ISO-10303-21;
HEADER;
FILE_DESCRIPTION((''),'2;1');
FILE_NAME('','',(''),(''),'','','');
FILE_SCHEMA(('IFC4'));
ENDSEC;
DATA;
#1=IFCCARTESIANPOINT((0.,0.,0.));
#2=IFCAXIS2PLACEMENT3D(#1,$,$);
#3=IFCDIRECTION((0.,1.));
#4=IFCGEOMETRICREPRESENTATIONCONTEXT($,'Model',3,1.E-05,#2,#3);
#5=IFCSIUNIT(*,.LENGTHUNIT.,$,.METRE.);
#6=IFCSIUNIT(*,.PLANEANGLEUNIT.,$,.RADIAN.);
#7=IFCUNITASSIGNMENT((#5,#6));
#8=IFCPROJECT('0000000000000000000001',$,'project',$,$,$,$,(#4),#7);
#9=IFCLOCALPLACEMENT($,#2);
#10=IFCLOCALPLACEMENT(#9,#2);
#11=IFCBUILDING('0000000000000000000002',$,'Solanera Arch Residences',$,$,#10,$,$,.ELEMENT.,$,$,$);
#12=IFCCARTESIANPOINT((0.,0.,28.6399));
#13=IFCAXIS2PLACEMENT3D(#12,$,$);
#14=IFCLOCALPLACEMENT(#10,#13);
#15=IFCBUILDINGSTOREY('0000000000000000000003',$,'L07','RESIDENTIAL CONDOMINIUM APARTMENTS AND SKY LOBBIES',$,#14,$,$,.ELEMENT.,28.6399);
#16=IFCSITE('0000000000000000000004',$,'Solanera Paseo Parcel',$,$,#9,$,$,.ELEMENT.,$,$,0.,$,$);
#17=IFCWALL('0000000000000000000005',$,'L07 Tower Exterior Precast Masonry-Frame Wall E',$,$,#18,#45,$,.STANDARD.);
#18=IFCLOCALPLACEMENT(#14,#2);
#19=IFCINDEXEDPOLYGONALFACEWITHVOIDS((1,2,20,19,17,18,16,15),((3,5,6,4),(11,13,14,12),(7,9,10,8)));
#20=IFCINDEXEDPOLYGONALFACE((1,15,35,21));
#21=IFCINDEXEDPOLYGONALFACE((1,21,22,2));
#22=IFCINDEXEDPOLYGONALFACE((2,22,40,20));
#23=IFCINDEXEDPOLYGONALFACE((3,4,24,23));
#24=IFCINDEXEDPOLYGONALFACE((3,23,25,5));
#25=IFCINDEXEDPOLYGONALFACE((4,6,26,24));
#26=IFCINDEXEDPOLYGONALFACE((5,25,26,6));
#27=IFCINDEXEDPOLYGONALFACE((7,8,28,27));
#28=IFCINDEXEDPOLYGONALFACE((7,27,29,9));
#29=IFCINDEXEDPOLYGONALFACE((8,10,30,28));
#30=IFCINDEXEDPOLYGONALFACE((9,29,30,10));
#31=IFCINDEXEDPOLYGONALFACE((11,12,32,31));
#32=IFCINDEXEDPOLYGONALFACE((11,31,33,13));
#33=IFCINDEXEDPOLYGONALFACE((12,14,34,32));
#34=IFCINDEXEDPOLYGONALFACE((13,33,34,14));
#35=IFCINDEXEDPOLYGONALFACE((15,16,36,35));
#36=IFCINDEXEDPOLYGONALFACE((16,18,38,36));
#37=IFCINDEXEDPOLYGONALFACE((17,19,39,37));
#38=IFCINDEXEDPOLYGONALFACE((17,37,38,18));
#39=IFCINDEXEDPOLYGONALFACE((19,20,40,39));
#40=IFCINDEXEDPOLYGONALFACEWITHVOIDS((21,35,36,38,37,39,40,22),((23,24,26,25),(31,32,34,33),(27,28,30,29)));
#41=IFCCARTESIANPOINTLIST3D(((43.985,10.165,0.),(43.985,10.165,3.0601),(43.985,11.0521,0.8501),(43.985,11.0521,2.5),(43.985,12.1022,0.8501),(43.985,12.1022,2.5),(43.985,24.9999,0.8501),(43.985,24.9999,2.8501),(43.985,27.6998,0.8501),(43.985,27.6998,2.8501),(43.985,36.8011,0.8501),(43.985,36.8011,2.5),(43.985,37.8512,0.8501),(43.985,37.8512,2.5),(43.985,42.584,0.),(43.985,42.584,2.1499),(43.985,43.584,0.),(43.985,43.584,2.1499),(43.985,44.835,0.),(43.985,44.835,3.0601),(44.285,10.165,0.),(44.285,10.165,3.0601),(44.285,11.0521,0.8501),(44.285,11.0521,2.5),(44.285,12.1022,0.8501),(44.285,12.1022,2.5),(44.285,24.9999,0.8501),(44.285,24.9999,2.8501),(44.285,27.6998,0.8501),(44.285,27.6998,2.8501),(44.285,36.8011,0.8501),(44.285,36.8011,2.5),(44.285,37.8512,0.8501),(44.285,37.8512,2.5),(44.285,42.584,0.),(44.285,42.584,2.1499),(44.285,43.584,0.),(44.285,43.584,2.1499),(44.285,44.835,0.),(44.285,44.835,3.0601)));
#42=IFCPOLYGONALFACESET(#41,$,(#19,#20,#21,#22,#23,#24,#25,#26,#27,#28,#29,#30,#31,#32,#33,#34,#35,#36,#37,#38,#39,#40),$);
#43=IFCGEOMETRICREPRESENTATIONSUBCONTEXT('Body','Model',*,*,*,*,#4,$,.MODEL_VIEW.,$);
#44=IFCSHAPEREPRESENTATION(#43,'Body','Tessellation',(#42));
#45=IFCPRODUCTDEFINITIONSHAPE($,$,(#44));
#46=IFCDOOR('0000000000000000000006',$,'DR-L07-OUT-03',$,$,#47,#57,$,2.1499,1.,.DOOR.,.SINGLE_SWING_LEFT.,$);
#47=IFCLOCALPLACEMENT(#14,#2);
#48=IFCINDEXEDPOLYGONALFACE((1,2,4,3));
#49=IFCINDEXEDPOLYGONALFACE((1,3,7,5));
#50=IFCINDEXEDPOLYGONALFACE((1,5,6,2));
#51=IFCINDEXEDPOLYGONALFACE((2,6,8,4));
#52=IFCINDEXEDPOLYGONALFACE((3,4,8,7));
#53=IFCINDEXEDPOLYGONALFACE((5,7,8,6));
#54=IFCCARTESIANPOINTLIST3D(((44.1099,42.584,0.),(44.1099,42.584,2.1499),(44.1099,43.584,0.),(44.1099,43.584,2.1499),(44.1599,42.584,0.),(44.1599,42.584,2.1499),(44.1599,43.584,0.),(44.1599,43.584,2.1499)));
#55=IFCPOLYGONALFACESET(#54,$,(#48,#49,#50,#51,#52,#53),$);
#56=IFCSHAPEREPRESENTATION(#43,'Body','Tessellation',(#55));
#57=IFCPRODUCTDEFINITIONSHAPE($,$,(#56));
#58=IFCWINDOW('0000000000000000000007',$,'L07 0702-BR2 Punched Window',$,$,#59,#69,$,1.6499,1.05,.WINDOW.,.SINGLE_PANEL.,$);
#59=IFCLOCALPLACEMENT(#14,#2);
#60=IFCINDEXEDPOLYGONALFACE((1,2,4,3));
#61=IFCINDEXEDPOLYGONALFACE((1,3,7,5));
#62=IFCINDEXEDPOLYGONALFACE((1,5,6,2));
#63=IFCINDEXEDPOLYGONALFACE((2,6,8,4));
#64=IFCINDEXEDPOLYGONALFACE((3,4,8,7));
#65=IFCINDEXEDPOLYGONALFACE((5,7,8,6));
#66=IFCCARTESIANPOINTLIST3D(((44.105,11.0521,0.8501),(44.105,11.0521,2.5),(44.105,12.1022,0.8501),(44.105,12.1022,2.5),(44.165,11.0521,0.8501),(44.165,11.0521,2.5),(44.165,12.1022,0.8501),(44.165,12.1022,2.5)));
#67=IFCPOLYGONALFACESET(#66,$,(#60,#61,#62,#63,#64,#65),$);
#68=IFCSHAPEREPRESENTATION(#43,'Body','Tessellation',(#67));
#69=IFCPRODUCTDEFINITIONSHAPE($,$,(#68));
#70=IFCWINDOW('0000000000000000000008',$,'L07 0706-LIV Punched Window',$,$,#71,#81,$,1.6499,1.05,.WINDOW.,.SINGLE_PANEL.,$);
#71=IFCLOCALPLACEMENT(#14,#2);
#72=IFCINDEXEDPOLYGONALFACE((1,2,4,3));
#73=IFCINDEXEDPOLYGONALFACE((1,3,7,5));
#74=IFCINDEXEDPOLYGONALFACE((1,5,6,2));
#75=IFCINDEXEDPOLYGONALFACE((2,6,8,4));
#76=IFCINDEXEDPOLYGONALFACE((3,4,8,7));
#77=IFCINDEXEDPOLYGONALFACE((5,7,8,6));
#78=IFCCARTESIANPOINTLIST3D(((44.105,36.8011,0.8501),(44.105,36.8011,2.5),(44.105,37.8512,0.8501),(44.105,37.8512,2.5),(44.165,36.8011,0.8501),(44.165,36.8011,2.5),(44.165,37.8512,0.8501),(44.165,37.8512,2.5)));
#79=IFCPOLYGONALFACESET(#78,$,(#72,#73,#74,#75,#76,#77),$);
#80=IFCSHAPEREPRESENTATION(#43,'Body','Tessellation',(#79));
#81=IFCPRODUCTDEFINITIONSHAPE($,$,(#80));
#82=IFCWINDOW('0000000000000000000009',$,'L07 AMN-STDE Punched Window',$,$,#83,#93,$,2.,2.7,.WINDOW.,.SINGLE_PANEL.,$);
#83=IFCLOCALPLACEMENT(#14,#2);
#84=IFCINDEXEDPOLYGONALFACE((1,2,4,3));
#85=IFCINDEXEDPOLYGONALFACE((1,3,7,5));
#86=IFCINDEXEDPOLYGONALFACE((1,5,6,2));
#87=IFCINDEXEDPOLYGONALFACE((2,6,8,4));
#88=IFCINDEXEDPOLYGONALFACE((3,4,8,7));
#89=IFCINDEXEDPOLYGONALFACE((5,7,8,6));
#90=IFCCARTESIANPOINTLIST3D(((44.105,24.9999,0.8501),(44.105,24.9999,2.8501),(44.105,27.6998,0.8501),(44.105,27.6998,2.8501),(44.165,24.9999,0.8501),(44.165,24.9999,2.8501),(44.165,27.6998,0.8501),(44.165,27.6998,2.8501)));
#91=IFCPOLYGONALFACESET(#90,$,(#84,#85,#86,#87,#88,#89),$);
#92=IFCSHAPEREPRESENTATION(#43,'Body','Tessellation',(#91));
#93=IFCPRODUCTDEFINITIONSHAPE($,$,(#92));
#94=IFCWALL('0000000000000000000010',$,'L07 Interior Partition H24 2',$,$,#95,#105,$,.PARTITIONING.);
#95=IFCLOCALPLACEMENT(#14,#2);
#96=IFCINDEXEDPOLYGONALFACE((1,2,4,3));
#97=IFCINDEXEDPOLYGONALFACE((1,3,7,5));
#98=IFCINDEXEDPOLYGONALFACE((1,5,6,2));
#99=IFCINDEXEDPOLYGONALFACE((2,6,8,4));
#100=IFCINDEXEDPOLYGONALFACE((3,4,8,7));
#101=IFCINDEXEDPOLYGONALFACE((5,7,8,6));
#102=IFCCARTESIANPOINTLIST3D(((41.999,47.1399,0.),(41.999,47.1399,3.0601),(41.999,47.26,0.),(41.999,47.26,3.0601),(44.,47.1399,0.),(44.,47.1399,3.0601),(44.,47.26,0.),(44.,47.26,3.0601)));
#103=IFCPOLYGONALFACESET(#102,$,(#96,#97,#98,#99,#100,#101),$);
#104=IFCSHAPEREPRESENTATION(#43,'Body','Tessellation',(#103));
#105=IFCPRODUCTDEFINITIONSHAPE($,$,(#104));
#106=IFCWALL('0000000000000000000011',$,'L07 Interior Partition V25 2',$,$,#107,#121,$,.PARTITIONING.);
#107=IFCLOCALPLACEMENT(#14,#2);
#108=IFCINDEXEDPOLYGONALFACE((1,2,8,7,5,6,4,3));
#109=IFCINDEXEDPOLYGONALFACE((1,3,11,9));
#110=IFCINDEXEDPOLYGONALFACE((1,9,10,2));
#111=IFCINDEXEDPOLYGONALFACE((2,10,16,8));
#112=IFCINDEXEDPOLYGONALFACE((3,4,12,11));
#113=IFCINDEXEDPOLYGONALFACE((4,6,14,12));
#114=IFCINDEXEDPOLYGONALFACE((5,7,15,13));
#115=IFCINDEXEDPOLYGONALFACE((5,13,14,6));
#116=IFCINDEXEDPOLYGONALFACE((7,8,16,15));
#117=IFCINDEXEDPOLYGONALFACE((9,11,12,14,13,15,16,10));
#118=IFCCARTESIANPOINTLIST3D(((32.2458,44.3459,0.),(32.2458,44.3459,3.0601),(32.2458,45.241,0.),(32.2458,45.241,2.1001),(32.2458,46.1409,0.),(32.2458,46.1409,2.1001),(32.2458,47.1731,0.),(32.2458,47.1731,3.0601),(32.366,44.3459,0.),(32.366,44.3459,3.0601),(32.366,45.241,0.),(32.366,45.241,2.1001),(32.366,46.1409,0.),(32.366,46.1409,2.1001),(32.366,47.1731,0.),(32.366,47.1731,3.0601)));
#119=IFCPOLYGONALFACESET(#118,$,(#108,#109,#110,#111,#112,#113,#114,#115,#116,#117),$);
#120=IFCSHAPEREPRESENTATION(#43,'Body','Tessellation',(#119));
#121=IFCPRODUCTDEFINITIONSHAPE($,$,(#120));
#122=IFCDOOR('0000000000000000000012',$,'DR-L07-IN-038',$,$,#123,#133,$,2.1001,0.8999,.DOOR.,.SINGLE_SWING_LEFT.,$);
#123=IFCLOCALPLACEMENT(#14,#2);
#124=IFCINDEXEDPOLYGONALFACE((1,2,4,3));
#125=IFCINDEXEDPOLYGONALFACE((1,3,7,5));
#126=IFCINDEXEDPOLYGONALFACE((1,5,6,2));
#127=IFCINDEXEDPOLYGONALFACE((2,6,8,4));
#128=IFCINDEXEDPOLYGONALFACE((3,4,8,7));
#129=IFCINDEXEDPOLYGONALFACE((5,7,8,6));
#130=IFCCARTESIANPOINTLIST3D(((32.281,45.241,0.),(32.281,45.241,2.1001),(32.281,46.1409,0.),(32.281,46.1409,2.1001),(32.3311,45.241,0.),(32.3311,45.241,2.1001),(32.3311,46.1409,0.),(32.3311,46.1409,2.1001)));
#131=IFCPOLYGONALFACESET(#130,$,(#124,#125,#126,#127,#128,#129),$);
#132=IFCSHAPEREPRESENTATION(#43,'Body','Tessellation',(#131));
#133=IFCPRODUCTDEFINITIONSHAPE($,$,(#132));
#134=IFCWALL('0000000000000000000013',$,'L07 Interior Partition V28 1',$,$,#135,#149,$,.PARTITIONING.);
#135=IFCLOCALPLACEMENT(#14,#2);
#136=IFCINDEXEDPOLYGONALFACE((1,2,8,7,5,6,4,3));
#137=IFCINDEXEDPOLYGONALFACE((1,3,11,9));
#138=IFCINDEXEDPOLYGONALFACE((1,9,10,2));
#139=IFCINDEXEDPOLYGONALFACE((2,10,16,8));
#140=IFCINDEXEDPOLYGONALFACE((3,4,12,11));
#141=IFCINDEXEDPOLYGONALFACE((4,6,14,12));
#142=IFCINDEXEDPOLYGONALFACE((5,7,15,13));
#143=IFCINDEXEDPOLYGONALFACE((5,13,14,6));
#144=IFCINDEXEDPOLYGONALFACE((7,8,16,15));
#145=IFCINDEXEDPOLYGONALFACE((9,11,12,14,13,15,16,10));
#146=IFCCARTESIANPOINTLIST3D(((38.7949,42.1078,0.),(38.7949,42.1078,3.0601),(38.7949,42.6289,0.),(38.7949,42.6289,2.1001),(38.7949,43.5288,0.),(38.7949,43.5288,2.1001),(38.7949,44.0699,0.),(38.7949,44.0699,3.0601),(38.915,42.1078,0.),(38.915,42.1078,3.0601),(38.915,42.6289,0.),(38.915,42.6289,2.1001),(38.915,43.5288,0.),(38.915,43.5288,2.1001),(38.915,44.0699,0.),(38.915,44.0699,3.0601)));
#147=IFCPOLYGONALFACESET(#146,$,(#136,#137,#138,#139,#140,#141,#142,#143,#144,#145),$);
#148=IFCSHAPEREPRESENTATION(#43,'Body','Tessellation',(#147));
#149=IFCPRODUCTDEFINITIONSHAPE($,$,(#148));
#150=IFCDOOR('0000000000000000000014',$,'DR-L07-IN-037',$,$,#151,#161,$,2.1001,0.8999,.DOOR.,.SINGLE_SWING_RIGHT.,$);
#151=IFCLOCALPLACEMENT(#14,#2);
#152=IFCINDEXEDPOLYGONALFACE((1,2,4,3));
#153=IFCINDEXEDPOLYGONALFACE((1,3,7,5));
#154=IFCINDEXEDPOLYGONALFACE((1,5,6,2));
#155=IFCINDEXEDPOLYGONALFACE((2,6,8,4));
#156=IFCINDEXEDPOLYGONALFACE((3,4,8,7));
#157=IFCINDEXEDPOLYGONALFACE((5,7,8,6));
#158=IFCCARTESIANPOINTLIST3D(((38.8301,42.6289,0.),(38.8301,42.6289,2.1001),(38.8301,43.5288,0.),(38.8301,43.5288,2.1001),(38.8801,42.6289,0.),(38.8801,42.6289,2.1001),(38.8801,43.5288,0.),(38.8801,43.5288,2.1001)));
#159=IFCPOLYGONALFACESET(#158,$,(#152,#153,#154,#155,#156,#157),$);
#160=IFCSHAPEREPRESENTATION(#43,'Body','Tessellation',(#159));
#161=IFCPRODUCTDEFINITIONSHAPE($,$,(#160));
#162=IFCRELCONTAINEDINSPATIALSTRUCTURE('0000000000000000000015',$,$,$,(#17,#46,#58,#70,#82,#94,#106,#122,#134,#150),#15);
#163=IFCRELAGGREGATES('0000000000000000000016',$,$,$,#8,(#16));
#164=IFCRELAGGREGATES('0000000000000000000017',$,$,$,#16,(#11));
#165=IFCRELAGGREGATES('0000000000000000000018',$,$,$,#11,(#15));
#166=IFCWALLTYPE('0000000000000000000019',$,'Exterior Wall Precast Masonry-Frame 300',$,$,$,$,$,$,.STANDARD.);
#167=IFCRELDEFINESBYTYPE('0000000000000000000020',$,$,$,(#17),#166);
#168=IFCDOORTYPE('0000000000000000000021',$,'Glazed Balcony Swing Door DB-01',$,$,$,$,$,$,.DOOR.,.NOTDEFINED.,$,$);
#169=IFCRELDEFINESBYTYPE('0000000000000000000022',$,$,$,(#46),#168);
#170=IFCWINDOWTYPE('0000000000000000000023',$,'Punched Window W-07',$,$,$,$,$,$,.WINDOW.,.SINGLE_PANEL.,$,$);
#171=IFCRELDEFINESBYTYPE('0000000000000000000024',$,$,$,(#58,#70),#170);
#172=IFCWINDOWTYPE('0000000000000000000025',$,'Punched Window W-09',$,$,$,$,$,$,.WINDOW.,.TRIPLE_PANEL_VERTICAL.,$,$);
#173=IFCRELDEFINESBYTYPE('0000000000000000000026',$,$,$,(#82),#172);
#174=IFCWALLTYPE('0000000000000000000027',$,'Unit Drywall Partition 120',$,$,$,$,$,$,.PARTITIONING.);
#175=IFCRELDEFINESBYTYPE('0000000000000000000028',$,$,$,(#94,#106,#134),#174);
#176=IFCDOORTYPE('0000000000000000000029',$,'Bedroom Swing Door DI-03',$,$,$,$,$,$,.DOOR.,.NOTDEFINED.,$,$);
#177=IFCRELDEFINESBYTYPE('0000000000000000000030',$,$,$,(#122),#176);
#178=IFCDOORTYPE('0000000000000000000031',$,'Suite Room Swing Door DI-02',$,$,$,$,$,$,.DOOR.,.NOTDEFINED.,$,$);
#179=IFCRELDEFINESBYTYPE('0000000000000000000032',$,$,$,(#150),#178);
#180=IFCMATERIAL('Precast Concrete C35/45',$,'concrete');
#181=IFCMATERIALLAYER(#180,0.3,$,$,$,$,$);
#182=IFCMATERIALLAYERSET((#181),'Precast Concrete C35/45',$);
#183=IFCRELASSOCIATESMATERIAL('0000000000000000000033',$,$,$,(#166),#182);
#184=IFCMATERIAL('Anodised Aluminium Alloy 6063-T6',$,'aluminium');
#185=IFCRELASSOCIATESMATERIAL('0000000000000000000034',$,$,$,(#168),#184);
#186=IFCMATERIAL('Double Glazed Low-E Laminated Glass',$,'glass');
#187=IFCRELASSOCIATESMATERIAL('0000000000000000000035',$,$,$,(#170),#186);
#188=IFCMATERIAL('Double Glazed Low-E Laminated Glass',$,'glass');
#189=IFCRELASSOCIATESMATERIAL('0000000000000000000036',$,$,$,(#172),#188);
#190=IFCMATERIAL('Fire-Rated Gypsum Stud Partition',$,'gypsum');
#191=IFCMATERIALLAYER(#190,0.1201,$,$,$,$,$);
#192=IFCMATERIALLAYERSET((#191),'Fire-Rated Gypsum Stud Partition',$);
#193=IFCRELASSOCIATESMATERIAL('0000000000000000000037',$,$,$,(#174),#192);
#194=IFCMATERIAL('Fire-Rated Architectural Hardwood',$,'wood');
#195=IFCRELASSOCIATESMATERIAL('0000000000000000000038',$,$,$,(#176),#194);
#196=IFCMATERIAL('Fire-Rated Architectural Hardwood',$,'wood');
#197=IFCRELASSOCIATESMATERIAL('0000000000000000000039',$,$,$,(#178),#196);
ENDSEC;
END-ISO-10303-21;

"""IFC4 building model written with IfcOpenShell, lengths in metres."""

from ifc_helpers import new_model, si_unit, direction, frame, frame_2d, origin, place, context, subcontext, project, spatial, rectangle, extrude, material, layer, layer_set, type_object, element, fill, save


model = new_model("IFC4")

# Units and contexts
model_context = context("Model", 3, precision=1e-05, world=origin(), true_north=direction((0.0, 1.0)))
body_context = subcontext(model_context, "Body", "Model", "MODEL_VIEW")
ifc_project = project(units=[si_unit("LENGTHUNIT", "METRE"), si_unit("PLANEANGLEUNIT", "RADIAN")], contexts=[model_context])

# Site, building, storey
site_placement = place(None, origin())
site = spatial("IfcSite", under=ifc_project, at=site_placement, Name="Solanera Paseo Parcel", CompositionType="ELEMENT", RefElevation=0.0)
building_placement = place(site_placement, origin())
building = spatial("IfcBuilding", under=site, at=building_placement, Name="Solanera Arch Residences", CompositionType="ELEMENT")
storey_placement = place(building_placement, frame((0.0, 0.0, 28.6399)))
storey = spatial("IfcBuildingStorey", under=building, at=storey_placement, Name="L07", Description="RESIDENTIAL CONDOMINIUM APARTMENTS AND SKY LOBBIES", CompositionType="ELEMENT", Elevation=28.6399)

# Shared definitions
ifc_material_1 = material(Name="Precast Concrete C35/45", Category="concrete")
ifc_layer_1 = layer(ifc_material_1, 0.3)
ifc_layer_set_1 = layer_set([ifc_layer_1], Name="Precast Concrete C35/45")
wall_type_1 = type_object("IfcWallType", Name="Exterior Wall Precast Masonry-Frame 300", PredefinedType="STANDARD", material=ifc_layer_set_1)

# Wall, openings, door, windows
wall_1_placement = place(storey_placement, frame((44.135, 44.835, 0.0), z_axis=(0.0, 0.0, 1.0), x_axis=(0.0, -1.0, 0.0)))
wall_1 = element("IfcWall", 1, at=wall_1_placement, inside=storey, type_object=wall_type_1, Name="L07 Tower Exterior Precast Masonry-Frame Wall E", PredefinedType="STANDARD", context=body_context, shape_type="SweptSolid", body=[
    extrude(rectangle(XDim=34.6699, YDim=0.3, at=frame_2d((17.335, 0.0))), origin(), (0.0, 0.0, 1.0), 3.0601),
])
opening_1_placement = place(wall_1_placement, frame((1.251, 0.0, 0.0)))
opening_1 = element("IfcOpeningElement", 2, at=opening_1_placement, cuts=wall_1, PredefinedType="OPENING", context=body_context, shape_type="SweptSolid", body=[
    extrude(rectangle(XDim=1.0, YDim=2.1499, at=frame_2d((0.5, 1.075))), frame((0.0, 0.1599, 0.0), z_axis=(0.0, -1.0, 0.0), x_axis=(1.0, 0.0, 0.0)), (0.0, 0.0, 1.0), 0.32),
])
opening_2_placement = place(wall_1_placement, frame((32.7329, 0.0, 0.8501)))
opening_2 = element("IfcOpeningElement", 3, at=opening_2_placement, cuts=wall_1, PredefinedType="OPENING", context=body_context, shape_type="SweptSolid", body=[
    extrude(rectangle(XDim=1.05, YDim=1.6499, at=frame_2d((0.5249, 0.825))), frame((0.0, 0.1599, 0.0), z_axis=(0.0, -1.0, 0.0), x_axis=(1.0, 0.0, 0.0)), (0.0, 0.0, 1.0), 0.32),
])
opening_3_placement = place(wall_1_placement, frame((17.135, 0.0, 0.8501)))
opening_3 = element("IfcOpeningElement", 4, at=opening_3_placement, cuts=wall_1, PredefinedType="OPENING", context=body_context, shape_type="SweptSolid", body=[
    extrude(rectangle(XDim=2.7, YDim=2.0, at=frame_2d((1.3501, 1.0))), frame((0.0, 0.1599, 0.0), z_axis=(0.0, -1.0, 0.0), x_axis=(1.0, 0.0, 0.0)), (0.0, 0.0, 1.0), 0.32),
])
opening_4_placement = place(wall_1_placement, frame((6.9839, 0.0, 0.8501)))
opening_4 = element("IfcOpeningElement", 5, at=opening_4_placement, cuts=wall_1, PredefinedType="OPENING", context=body_context, shape_type="SweptSolid", body=[
    extrude(rectangle(XDim=1.05, YDim=1.6499, at=frame_2d((0.5249, 0.825))), frame((0.0, 0.1599, 0.0), z_axis=(0.0, -1.0, 0.0), x_axis=(1.0, 0.0, 0.0)), (0.0, 0.0, 1.0), 0.32),
])
ifc_material_2 = material(Name="Anodised Aluminium Alloy 6063-T6", Category="aluminium")
door_type_1 = type_object("IfcDoorType", Name="Glazed Balcony Swing Door DB-01", OperationType="NOTDEFINED", PredefinedType="DOOR", material=ifc_material_2)
door_1_placement = place(opening_1_placement, origin())
door_1 = element("IfcDoor", 6, at=door_1_placement, inside=storey, type_object=door_type_1, Name="DR-L07-OUT-03", OperationType="SINGLE_SWING_LEFT", OverallHeight=2.1499, OverallWidth=1.0, PredefinedType="DOOR", context=body_context, shape_type="SweptSolid", body=[
    extrude(rectangle(XDim=1.0, YDim=2.1499, at=frame_2d((0.5, 1.075))), frame((0.0, 0.0249, 0.0), z_axis=(0.0, -1.0, 0.0), x_axis=(1.0, 0.0, 0.0)), (0.0, 0.0, 1.0), 0.05),
])
fill(opening_1, door_1)
ifc_material_3 = material(Name="Double Glazed Low-E Laminated Glass", Category="glass")
window_type_1 = type_object("IfcWindowType", Name="Punched Window W-07", PartitioningType="SINGLE_PANEL", PredefinedType="WINDOW", material=ifc_material_3)
window_1_placement = place(opening_2_placement, origin())
window_1 = element("IfcWindow", 7, at=window_1_placement, inside=storey, type_object=window_type_1, Name="L07 0702-BR2 Punched Window", OverallHeight=1.6499, OverallWidth=1.05, PartitioningType="SINGLE_PANEL", PredefinedType="WINDOW", context=body_context, shape_type="SweptSolid", body=[
    extrude(rectangle(XDim=1.05, YDim=1.6499, at=frame_2d((0.5249, 0.825))), frame((0.0, 0.03, 0.0), z_axis=(0.0, -1.0, 0.0), x_axis=(1.0, 0.0, 0.0)), (0.0, 0.0, 1.0), 0.0601),
])
fill(opening_2, window_1)
window_2_placement = place(opening_4_placement, origin())
window_2 = element("IfcWindow", 8, at=window_2_placement, inside=storey, type_object=window_type_1, Name="L07 0706-LIV Punched Window", OverallHeight=1.6499, OverallWidth=1.05, PartitioningType="SINGLE_PANEL", PredefinedType="WINDOW", context=body_context, shape_type="SweptSolid", body=[
    extrude(rectangle(XDim=1.05, YDim=1.6499, at=frame_2d((0.5249, 0.825))), frame((0.0, 0.03, 0.0), z_axis=(0.0, -1.0, 0.0), x_axis=(1.0, 0.0, 0.0)), (0.0, 0.0, 1.0), 0.0601),
])
fill(opening_4, window_2)
ifc_material_4 = material(Name="Double Glazed Low-E Laminated Glass", Category="glass")
window_type_2 = type_object("IfcWindowType", Name="Punched Window W-09", PartitioningType="TRIPLE_PANEL_VERTICAL", PredefinedType="WINDOW", material=ifc_material_4)
window_3_placement = place(opening_3_placement, origin())
window_3 = element("IfcWindow", 9, at=window_3_placement, inside=storey, type_object=window_type_2, Name="L07 AMN-STDE Punched Window", OverallHeight=2.0, OverallWidth=2.7, PartitioningType="SINGLE_PANEL", PredefinedType="WINDOW", context=body_context, shape_type="SweptSolid", body=[
    extrude(rectangle(XDim=2.7, YDim=2.0, at=frame_2d((1.3501, 1.0))), frame((0.0, 0.03, 0.0), z_axis=(0.0, -1.0, 0.0), x_axis=(1.0, 0.0, 0.0)), (0.0, 0.0, 1.0), 0.0601),
])
fill(opening_3, window_3)

# Wall
ifc_material_5 = material(Name="Fire-Rated Gypsum Stud Partition", Category="gypsum")
ifc_layer_2 = layer(ifc_material_5, 0.1201)
ifc_layer_set_2 = layer_set([ifc_layer_2], Name="Fire-Rated Gypsum Stud Partition")
wall_type_2 = type_object("IfcWallType", Name="Unit Drywall Partition 120", PredefinedType="PARTITIONING", material=ifc_layer_set_2)
wall_2_placement = place(storey_placement, frame((41.999, 47.2, 0.0), z_axis=(0.0, 0.0, 1.0), x_axis=(1.0, 0.0, 0.0)))
element("IfcWall", 10, at=wall_2_placement, inside=storey, type_object=wall_type_2, Name="L07 Interior Partition H24 2", PredefinedType="PARTITIONING", context=body_context, shape_type="SweptSolid", body=[
    extrude(rectangle(XDim=2.001, YDim=0.1201, at=frame_2d((1.0005, 0.0))), origin(), (0.0, 0.0, 1.0), 3.0601),
])

# Walls, openings, doors
wall_3_placement = place(storey_placement, frame((32.3059, 44.3459, 0.0), z_axis=(0.0, 0.0, 1.0), x_axis=(0.0, 1.0, 0.0)))
wall_3 = element("IfcWall", 11, at=wall_3_placement, inside=storey, type_object=wall_type_2, Name="L07 Interior Partition V25 2", PredefinedType="PARTITIONING", context=body_context, shape_type="SweptSolid", body=[
    extrude(rectangle(XDim=2.8271, YDim=0.1201, at=frame_2d((1.4136, 0.0))), origin(), (0.0, 0.0, 1.0), 3.0601),
])
opening_5_placement = place(wall_3_placement, frame((0.895, 0.0, 0.0)))
opening_5 = element("IfcOpeningElement", 12, at=opening_5_placement, cuts=wall_3, PredefinedType="OPENING", context=body_context, shape_type="SweptSolid", body=[
    extrude(rectangle(XDim=0.8999, YDim=2.1001, at=frame_2d((0.45, 1.05))), frame((0.0, 0.0701, 0.0), z_axis=(0.0, -1.0, 0.0), x_axis=(1.0, 0.0, 0.0)), (0.0, 0.0, 1.0), 0.1401),
])
ifc_material_6 = material(Name="Fire-Rated Architectural Hardwood", Category="wood")
door_type_2 = type_object("IfcDoorType", Name="Bedroom Swing Door DI-03", OperationType="NOTDEFINED", PredefinedType="DOOR", material=ifc_material_6)
door_2_placement = place(opening_5_placement, origin())
door_2 = element("IfcDoor", 13, at=door_2_placement, inside=storey, type_object=door_type_2, Name="DR-L07-IN-038", OperationType="SINGLE_SWING_LEFT", OverallHeight=2.1001, OverallWidth=0.8999, PredefinedType="DOOR", context=body_context, shape_type="SweptSolid", body=[
    extrude(rectangle(XDim=0.8999, YDim=2.1001, at=frame_2d((0.45, 1.05))), frame((0.0, 0.0249, 0.0), z_axis=(0.0, -1.0, 0.0), x_axis=(1.0, 0.0, 0.0)), (0.0, 0.0, 1.0), 0.05),
])
fill(opening_5, door_2)
wall_4_placement = place(storey_placement, frame((38.855, 42.1079, 0.0), z_axis=(0.0, 0.0, 1.0), x_axis=(0.0, 1.0, 0.0)))
wall_4 = element("IfcWall", 14, at=wall_4_placement, inside=storey, type_object=wall_type_2, Name="L07 Interior Partition V28 1", PredefinedType="PARTITIONING", context=body_context, shape_type="SweptSolid", body=[
    extrude(rectangle(XDim=1.9622, YDim=0.1201, at=frame_2d((0.981, 0.0))), origin(), (0.0, 0.0, 1.0), 3.0601),
])
opening_6_placement = place(wall_4_placement, frame((0.521, 0.0, 0.0)))
opening_6 = element("IfcOpeningElement", 15, at=opening_6_placement, cuts=wall_4, PredefinedType="OPENING", context=body_context, shape_type="SweptSolid", body=[
    extrude(rectangle(XDim=0.8999, YDim=2.1001, at=frame_2d((0.45, 1.05))), frame((0.0, 0.0701, 0.0), z_axis=(0.0, -1.0, 0.0), x_axis=(1.0, 0.0, 0.0)), (0.0, 0.0, 1.0), 0.1401),
])
ifc_material_7 = material(Name="Fire-Rated Architectural Hardwood", Category="wood")
door_type_3 = type_object("IfcDoorType", Name="Suite Room Swing Door DI-02", OperationType="NOTDEFINED", PredefinedType="DOOR", material=ifc_material_7)
door_3_placement = place(opening_6_placement, origin())
door_3 = element("IfcDoor", 16, at=door_3_placement, inside=storey, type_object=door_type_3, Name="DR-L07-IN-037", OperationType="SINGLE_SWING_RIGHT", OverallHeight=2.1001, OverallWidth=0.8999, PredefinedType="DOOR", context=body_context, shape_type="SweptSolid", body=[
    extrude(rectangle(XDim=0.8999, YDim=2.1001, at=frame_2d((0.45, 1.05))), frame((0.0, 0.0249, 0.0), z_axis=(0.0, -1.0, 0.0), x_axis=(1.0, 0.0, 0.0)), (0.0, 0.0, 1.0), 0.05),
])
fill(opening_6, door_3)

save(model, "model.ifc")
